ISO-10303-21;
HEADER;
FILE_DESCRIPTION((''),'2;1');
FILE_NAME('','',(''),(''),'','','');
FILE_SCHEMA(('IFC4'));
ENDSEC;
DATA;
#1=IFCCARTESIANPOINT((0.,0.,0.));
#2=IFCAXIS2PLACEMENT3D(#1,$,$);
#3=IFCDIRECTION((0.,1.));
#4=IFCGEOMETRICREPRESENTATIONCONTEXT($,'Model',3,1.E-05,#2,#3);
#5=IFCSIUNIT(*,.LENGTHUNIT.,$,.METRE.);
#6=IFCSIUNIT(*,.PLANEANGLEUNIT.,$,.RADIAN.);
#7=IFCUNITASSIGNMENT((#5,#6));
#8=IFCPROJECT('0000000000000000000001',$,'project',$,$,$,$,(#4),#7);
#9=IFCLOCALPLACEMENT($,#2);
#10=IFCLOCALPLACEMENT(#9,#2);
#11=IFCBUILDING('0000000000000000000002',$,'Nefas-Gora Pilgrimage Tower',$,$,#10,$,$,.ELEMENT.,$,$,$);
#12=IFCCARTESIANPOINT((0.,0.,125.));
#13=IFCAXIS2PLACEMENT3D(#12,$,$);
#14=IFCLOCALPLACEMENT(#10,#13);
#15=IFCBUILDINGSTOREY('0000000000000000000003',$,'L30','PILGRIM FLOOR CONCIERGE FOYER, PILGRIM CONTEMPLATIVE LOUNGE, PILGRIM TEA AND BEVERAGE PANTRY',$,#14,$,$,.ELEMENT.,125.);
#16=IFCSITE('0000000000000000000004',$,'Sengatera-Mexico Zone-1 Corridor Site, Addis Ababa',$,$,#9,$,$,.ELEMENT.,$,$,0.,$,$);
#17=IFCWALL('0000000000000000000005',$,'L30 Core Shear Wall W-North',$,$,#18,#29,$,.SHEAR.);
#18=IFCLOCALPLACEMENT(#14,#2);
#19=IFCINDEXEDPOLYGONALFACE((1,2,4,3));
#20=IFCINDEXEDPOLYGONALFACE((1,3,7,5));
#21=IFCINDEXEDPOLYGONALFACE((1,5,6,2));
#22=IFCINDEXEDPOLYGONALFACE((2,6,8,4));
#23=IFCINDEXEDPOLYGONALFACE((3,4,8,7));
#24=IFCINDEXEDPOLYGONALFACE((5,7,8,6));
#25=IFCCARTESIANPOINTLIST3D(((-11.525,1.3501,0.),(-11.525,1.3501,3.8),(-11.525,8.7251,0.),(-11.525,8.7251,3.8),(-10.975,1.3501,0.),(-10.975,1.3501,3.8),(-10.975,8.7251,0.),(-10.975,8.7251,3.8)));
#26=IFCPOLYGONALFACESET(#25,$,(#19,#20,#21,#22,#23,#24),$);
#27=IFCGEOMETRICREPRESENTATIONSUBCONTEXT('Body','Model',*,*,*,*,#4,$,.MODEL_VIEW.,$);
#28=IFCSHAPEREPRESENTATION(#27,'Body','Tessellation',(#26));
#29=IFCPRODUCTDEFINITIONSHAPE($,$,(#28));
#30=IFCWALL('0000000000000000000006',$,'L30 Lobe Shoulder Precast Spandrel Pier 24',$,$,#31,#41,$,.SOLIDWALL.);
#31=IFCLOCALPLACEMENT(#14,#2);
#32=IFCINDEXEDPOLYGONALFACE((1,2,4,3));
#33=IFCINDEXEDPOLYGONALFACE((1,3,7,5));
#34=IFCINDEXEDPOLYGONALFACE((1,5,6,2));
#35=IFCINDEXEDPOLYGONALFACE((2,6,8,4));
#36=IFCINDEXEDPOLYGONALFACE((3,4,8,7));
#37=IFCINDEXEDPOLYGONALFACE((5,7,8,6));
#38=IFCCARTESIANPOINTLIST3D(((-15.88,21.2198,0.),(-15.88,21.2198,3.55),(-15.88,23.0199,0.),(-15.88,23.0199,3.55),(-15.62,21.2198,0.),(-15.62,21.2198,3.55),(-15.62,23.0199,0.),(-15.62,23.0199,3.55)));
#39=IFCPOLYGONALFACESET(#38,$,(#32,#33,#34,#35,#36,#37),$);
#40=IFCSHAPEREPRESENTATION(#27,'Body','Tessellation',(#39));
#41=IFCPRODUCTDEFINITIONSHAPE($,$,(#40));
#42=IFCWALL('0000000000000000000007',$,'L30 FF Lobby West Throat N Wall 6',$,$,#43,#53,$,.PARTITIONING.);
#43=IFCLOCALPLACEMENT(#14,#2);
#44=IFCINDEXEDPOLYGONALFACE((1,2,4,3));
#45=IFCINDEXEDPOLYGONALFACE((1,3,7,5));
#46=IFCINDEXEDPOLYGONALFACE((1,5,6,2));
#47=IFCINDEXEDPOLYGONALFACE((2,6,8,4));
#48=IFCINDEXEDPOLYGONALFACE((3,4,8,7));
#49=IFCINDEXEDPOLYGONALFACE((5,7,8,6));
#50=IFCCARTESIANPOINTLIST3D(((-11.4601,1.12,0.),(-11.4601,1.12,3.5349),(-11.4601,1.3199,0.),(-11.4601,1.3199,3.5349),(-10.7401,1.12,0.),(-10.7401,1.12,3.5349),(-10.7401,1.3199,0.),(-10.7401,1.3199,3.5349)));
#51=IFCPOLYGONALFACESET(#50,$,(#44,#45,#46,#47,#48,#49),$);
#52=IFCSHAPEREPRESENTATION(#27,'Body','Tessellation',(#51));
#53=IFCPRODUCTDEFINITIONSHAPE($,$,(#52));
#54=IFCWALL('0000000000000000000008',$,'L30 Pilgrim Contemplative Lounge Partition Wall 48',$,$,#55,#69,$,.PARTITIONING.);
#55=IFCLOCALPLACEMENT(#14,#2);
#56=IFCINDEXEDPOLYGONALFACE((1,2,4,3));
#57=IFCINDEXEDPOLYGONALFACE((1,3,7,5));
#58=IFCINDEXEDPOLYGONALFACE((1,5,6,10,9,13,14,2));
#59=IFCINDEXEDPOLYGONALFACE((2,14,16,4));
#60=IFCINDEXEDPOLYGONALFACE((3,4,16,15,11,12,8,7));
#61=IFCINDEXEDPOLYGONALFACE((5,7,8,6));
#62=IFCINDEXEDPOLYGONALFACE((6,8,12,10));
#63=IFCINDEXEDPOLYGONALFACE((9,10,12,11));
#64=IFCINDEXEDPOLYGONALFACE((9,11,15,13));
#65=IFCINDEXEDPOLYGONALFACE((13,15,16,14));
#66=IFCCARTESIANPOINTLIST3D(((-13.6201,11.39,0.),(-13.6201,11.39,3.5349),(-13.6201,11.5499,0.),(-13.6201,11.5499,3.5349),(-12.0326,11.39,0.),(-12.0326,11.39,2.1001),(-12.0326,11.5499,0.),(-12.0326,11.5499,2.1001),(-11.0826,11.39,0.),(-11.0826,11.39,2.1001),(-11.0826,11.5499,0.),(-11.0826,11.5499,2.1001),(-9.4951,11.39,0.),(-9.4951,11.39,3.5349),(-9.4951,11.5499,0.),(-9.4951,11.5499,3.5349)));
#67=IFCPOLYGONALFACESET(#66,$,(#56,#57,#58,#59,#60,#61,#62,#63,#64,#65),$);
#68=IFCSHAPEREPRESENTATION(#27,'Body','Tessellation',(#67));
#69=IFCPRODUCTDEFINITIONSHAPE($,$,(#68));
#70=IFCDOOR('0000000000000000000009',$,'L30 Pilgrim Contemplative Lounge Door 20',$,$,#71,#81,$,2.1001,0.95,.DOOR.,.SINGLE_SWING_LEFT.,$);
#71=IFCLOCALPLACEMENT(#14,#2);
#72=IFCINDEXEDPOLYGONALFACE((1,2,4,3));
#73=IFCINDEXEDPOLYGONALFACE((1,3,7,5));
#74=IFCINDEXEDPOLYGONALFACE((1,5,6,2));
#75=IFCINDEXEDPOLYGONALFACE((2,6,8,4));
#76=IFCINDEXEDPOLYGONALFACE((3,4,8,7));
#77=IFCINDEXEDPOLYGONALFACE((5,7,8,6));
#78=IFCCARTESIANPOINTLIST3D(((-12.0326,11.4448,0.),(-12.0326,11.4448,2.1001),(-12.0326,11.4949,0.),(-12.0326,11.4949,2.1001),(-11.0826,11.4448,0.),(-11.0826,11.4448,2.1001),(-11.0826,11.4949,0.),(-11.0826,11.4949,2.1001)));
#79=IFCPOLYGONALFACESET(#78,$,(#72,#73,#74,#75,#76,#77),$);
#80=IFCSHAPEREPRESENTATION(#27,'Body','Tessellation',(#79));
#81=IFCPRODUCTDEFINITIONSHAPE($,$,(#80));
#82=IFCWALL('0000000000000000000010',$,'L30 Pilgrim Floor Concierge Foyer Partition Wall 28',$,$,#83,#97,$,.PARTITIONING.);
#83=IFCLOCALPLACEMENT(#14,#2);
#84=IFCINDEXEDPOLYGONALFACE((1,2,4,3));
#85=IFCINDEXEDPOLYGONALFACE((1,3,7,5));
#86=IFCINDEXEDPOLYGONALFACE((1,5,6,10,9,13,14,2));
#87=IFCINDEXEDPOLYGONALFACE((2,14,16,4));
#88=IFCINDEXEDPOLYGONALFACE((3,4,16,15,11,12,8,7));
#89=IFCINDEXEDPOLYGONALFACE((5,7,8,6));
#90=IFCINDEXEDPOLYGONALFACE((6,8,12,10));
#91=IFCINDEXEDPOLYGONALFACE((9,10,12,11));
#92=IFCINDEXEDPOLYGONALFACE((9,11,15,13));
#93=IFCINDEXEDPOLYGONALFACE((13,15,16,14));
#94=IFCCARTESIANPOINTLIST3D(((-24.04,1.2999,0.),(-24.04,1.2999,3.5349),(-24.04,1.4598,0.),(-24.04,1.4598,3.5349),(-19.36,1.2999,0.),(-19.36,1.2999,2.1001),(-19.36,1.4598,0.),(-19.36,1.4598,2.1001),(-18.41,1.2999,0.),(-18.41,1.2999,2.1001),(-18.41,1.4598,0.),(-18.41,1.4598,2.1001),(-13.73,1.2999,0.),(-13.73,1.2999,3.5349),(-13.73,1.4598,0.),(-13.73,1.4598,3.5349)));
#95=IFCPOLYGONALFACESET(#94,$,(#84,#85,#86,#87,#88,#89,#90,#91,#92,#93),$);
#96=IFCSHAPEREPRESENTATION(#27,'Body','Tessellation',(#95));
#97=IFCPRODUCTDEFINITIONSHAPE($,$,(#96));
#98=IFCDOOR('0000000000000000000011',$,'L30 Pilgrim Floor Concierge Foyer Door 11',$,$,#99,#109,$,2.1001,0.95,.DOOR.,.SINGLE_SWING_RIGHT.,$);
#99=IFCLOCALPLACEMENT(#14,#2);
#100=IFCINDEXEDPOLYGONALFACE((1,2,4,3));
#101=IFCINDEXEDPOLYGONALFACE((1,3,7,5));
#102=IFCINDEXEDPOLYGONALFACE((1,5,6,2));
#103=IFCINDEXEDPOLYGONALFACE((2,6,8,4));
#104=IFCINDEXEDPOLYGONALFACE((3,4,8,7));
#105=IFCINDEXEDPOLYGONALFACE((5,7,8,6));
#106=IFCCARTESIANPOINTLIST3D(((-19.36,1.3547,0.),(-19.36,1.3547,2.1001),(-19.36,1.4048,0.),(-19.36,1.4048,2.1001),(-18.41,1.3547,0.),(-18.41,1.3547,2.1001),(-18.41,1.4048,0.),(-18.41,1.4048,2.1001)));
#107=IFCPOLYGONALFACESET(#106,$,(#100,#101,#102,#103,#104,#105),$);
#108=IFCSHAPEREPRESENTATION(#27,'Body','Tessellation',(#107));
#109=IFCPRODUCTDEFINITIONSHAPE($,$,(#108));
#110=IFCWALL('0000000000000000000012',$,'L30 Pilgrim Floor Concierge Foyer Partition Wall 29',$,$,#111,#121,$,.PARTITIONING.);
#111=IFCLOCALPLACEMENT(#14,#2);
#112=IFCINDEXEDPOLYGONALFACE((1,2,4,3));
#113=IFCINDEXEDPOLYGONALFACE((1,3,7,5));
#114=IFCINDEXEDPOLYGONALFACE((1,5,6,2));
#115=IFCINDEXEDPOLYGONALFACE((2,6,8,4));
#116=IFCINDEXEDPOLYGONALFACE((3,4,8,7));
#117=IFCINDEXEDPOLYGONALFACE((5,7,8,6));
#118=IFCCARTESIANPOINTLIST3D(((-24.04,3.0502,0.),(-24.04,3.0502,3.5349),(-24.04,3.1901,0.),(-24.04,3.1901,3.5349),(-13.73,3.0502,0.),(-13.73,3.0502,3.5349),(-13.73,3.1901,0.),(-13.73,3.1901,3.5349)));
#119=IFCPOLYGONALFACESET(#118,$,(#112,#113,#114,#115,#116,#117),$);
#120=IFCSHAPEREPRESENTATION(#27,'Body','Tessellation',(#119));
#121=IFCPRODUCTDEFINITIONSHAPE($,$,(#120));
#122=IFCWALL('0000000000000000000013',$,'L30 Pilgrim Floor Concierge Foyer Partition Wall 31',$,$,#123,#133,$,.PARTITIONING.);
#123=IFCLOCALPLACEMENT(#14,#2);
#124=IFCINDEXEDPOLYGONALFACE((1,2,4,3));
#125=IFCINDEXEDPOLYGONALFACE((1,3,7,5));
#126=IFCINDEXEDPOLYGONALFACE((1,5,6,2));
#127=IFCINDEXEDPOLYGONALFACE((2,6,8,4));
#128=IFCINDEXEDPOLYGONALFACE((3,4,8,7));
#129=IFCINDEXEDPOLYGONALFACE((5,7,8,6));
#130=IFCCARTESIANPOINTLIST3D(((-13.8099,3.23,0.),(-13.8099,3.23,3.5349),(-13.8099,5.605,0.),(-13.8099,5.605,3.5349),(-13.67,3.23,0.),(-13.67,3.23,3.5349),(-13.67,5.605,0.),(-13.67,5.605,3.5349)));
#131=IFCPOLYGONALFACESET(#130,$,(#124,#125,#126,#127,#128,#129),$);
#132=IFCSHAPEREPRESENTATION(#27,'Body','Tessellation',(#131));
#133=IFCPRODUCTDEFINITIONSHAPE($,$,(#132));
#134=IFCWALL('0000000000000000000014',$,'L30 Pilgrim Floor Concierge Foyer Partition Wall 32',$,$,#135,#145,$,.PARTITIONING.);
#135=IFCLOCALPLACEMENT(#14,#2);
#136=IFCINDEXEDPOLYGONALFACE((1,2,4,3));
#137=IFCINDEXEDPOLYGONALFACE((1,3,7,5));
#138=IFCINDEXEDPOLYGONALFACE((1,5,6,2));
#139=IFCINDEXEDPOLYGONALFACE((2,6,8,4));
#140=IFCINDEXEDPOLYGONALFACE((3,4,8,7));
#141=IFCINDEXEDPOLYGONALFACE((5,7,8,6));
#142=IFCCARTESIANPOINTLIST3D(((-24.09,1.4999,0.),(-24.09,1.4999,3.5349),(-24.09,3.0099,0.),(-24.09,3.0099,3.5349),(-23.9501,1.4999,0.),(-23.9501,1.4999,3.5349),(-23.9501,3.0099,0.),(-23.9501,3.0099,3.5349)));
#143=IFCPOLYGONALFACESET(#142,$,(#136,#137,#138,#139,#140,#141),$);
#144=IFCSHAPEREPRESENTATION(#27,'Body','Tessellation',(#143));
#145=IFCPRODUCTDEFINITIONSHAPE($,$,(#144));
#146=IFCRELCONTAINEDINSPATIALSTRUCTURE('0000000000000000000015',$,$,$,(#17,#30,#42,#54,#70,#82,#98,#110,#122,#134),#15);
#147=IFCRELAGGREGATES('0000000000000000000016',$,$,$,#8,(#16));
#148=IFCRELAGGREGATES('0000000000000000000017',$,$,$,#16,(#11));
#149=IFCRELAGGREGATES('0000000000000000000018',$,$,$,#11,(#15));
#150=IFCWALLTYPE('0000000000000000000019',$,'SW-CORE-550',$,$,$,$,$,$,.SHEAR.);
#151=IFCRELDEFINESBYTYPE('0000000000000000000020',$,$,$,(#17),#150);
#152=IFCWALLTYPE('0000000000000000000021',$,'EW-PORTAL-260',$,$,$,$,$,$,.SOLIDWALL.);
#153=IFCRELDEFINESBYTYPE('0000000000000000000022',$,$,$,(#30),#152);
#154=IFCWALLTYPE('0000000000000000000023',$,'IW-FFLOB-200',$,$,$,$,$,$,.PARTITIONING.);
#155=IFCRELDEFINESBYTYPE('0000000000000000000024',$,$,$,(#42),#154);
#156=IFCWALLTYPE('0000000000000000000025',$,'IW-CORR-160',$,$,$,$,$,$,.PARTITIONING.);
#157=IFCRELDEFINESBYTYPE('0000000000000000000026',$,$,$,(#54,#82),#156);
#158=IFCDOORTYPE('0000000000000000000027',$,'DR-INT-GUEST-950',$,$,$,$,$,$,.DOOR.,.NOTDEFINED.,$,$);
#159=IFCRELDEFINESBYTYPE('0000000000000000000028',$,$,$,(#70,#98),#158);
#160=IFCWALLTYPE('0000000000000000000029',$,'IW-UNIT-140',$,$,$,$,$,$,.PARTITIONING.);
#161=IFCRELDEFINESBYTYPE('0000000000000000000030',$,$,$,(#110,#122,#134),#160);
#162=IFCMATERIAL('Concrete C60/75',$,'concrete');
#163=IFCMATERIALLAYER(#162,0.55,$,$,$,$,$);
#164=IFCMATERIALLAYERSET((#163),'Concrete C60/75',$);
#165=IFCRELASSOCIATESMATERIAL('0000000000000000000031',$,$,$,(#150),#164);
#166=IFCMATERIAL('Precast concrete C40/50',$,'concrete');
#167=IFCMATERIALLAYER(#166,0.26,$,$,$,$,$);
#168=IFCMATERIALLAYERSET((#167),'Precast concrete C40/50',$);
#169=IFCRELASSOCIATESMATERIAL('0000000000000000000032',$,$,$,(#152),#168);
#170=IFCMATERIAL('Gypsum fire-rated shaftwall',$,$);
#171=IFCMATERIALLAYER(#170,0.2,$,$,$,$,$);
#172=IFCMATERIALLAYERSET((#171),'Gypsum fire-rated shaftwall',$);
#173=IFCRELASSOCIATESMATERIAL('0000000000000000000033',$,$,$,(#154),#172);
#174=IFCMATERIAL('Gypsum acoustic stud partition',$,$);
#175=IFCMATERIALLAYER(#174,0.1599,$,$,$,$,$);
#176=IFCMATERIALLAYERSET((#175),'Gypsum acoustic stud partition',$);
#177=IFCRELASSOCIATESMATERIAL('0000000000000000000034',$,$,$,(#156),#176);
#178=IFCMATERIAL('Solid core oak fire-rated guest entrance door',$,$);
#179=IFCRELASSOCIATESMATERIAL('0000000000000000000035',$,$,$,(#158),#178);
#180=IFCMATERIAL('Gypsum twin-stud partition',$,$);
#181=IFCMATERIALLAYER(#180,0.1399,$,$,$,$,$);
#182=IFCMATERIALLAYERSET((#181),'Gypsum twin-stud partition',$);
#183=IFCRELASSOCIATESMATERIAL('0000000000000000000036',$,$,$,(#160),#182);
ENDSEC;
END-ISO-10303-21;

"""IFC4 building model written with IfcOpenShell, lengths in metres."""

from ifc_helpers import new_model, si_unit, direction, frame, frame_2d, origin, place, context, subcontext, project, spatial, rectangle, extrude, source, transform, mapped, material, layer, layer_set, type_object, element, fill, save


model = new_model("IFC4")

# Units and contexts
model_context = context("Model", 3, precision=1e-05, world=origin(), true_north=direction((0.0, 1.0)))
body_context = subcontext(model_context, "Body", "Model", "MODEL_VIEW")
ifc_project = project(units=[si_unit("LENGTHUNIT", "METRE"), si_unit("PLANEANGLEUNIT", "RADIAN")], contexts=[model_context])

# Site, building, storey
site_placement = place(None, origin())
site = spatial("IfcSite", under=ifc_project, at=site_placement, Name="Sengatera-Mexico Zone-1 Corridor Site, Addis Ababa", CompositionType="ELEMENT", RefElevation=0.0)
building_placement = place(site_placement, origin())
building = spatial("IfcBuilding", under=site, at=building_placement, Name="Nefas-Gora Pilgrimage Tower", CompositionType="ELEMENT")
storey_placement = place(building_placement, frame((0.0, 0.0, 125.0)))
storey = spatial("IfcBuildingStorey", under=building, at=storey_placement, Name="L30", Description="PILGRIM FLOOR CONCIERGE FOYER, PILGRIM CONTEMPLATIVE LOUNGE, PILGRIM TEA AND BEVERAGE PANTRY", CompositionType="ELEMENT", Elevation=125.0)

# Walls
ifc_material_1 = material(Name="Concrete C60/75", Category="concrete")
ifc_layer_1 = layer(ifc_material_1, 0.55)
ifc_layer_set_1 = layer_set([ifc_layer_1], Name="Concrete C60/75")
wall_type_1 = type_object("IfcWallType", Name="SW-CORE-550", PredefinedType="SHEAR", material=ifc_layer_set_1)
shared_shape_1 = source(origin(), body_context, "Body", "SweptSolid", [
    extrude(rectangle(XDim=7.375, YDim=0.55, at=frame_2d((3.6875, 0.0))), origin(), (0.0, 0.0, 1.0), 3.8),
])
wall_1_placement = place(storey_placement, frame((-11.25, 1.3501, 0.0), z_axis=(0.0, 0.0, 1.0), x_axis=(0.0, 1.0, 0.0)))
element("IfcWall", 1, at=wall_1_placement, inside=storey, type_object=wall_type_1, Name="L30 Core Shear Wall W-North", PredefinedType="SHEAR", context=body_context, shape_type="MappedRepresentation", body=[
    mapped(shared_shape_1, transform((0.0, 0.0, 0.0), x_axis=(1.0, 0.0, 0.0), y_axis=(0.0, 1.0, 0.0), z_axis=(0.0, 0.0, 1.0), scale=1.0)),
])
ifc_material_2 = material(Name="Precast concrete C40/50", Category="concrete")
ifc_layer_2 = layer(ifc_material_2, 0.26)
ifc_layer_set_2 = layer_set([ifc_layer_2], Name="Precast concrete C40/50")
wall_type_2 = type_object("IfcWallType", Name="EW-PORTAL-260", PredefinedType="SOLIDWALL", material=ifc_layer_set_2)
shared_shape_2 = source(origin(), body_context, "Body", "SweptSolid", [
    extrude(rectangle(XDim=1.8, YDim=0.26, at=frame_2d((0.8999, 0.0))), origin(), (0.0, 0.0, 1.0), 3.55),
])
wall_2_placement = place(storey_placement, frame((-15.75, 21.22, 0.0), z_axis=(0.0, 0.0, 1.0), x_axis=(0.0, 1.0, 0.0)))
element("IfcWall", 2, at=wall_2_placement, inside=storey, type_object=wall_type_2, Name="L30 Lobe Shoulder Precast Spandrel Pier 24", PredefinedType="SOLIDWALL", context=body_context, shape_type="MappedRepresentation", body=[
    mapped(shared_shape_2, transform((0.0, 0.0, 0.0), x_axis=(1.0, 0.0, 0.0), y_axis=(0.0, 1.0, 0.0), z_axis=(0.0, 0.0, 1.0), scale=1.0)),
])
ifc_material_3 = material(Name="Gypsum fire-rated shaftwall")
ifc_layer_3 = layer(ifc_material_3, 0.2)
ifc_layer_set_3 = layer_set([ifc_layer_3], Name="Gypsum fire-rated shaftwall")
wall_type_3 = type_object("IfcWallType", Name="IW-FFLOB-200", PredefinedType="PARTITIONING", material=ifc_layer_set_3)
shared_shape_3 = source(origin(), body_context, "Body", "SweptSolid", [
    extrude(rectangle(XDim=0.72, YDim=0.2, at=frame_2d((0.3599, 0.0))), origin(), (0.0, 0.0, 1.0), 3.5349),
])
wall_3_placement = place(storey_placement, frame((-11.46, 1.22, 0.0), z_axis=(0.0, 0.0, 1.0), x_axis=(1.0, 0.0, 0.0)))
element("IfcWall", 3, at=wall_3_placement, inside=storey, type_object=wall_type_3, Name="L30 FF Lobby West Throat N Wall 6", PredefinedType="PARTITIONING", context=body_context, shape_type="MappedRepresentation", body=[
    mapped(shared_shape_3, transform((0.0, 0.0, 0.0), x_axis=(1.0, 0.0, 0.0), y_axis=(0.0, 1.0, 0.0), z_axis=(0.0, 0.0, 1.0), scale=1.0)),
])

# Walls, openings, doors
ifc_material_4 = material(Name="Gypsum acoustic stud partition")
ifc_layer_4 = layer(ifc_material_4, 0.1599)
ifc_layer_set_4 = layer_set([ifc_layer_4], Name="Gypsum acoustic stud partition")
wall_type_4 = type_object("IfcWallType", Name="IW-CORR-160", PredefinedType="PARTITIONING", material=ifc_layer_set_4)
shared_shape_4 = source(origin(), body_context, "Body", "SweptSolid", [
    extrude(rectangle(XDim=4.125, YDim=0.1599, at=frame_2d((2.0625, 0.0))), origin(), (0.0, 0.0, 1.0), 3.5349),
])
wall_4_placement = place(storey_placement, frame((-13.6201, 11.47, 0.0), z_axis=(0.0, 0.0, 1.0), x_axis=(1.0, 0.0, 0.0)))
wall_4 = element("IfcWall", 4, at=wall_4_placement, inside=storey, type_object=wall_type_4, Name="L30 Pilgrim Contemplative Lounge Partition Wall 48", PredefinedType="PARTITIONING", context=body_context, shape_type="MappedRepresentation", body=[
    mapped(shared_shape_4, transform((0.0, 0.0, 0.0), x_axis=(1.0, 0.0, 0.0), y_axis=(0.0, 1.0, 0.0), z_axis=(0.0, 0.0, 1.0), scale=1.0)),
])
opening_1_placement = place(wall_4_placement, frame((1.5874, 0.0, 0.0)))
opening_1 = element("IfcOpeningElement", 5, at=opening_1_placement, cuts=wall_4, PredefinedType="OPENING", context=body_context, shape_type="SweptSolid", body=[
    extrude(rectangle(XDim=0.95, YDim=2.1001, at=frame_2d((0.4751, 1.05))), frame((0.0, 0.0898, 0.0), z_axis=(0.0, -1.0, 0.0), x_axis=(1.0, 0.0, 0.0)), (0.0, 0.0, 1.0), 0.1799),
])
ifc_material_5 = material(Name="Solid core oak fire-rated guest entrance door")
door_type = type_object("IfcDoorType", Name="DR-INT-GUEST-950", OperationType="NOTDEFINED", PredefinedType="DOOR", material=ifc_material_5)
shared_shape_5 = source(origin(), body_context, "Body", "SweptSolid", [
    extrude(rectangle(XDim=0.95, YDim=2.1001, at=frame_2d((0.4751, 1.05))), frame((0.0, 0.0249, 0.0), z_axis=(0.0, -1.0, 0.0), x_axis=(1.0, 0.0, 0.0)), (0.0, 0.0, 1.0), 0.05),
])
door_1_placement = place(opening_1_placement, origin())
door_1 = element("IfcDoor", 6, at=door_1_placement, inside=storey, type_object=door_type, Name="L30 Pilgrim Contemplative Lounge Door 20", OperationType="SINGLE_SWING_LEFT", OverallHeight=2.1001, OverallWidth=0.95, PredefinedType="DOOR", context=body_context, shape_type="MappedRepresentation", body=[
    mapped(shared_shape_5, transform((0.0, 0.0, 0.0), x_axis=(1.0, 0.0, 0.0), y_axis=(0.0, 1.0, 0.0), z_axis=(0.0, 0.0, 1.0), scale=1.0)),
])
fill(opening_1, door_1)
shared_shape_6 = source(origin(), body_context, "Body", "SweptSolid", [
    extrude(rectangle(XDim=10.3101, YDim=0.1599, at=frame_2d((5.155, 0.0))), origin(), (0.0, 0.0, 1.0), 3.5349),
])
wall_5_placement = place(storey_placement, frame((-24.04, 1.3799, 0.0), z_axis=(0.0, 0.0, 1.0), x_axis=(1.0, 0.0, 0.0)))
wall_5 = element("IfcWall", 7, at=wall_5_placement, inside=storey, type_object=wall_type_4, Name="L30 Pilgrim Floor Concierge Foyer Partition Wall 28", PredefinedType="PARTITIONING", context=body_context, shape_type="MappedRepresentation", body=[
    mapped(shared_shape_6, transform((0.0, 0.0, 0.0), x_axis=(1.0, 0.0, 0.0), y_axis=(0.0, 1.0, 0.0), z_axis=(0.0, 0.0, 1.0), scale=1.0)),
])
opening_2_placement = place(wall_5_placement, frame((4.6799, 0.0, 0.0)))
opening_2 = element("IfcOpeningElement", 8, at=opening_2_placement, cuts=wall_5, PredefinedType="OPENING", context=body_context, shape_type="SweptSolid", body=[
    extrude(rectangle(XDim=0.95, YDim=2.1001, at=frame_2d((0.4751, 1.05))), frame((0.0, 0.0898, 0.0), z_axis=(0.0, -1.0, 0.0), x_axis=(1.0, 0.0, 0.0)), (0.0, 0.0, 1.0), 0.1799),
])
door_2_placement = place(opening_2_placement, origin())
door_2 = element("IfcDoor", 9, at=door_2_placement, inside=storey, type_object=door_type, Name="L30 Pilgrim Floor Concierge Foyer Door 11", OperationType="SINGLE_SWING_RIGHT", OverallHeight=2.1001, OverallWidth=0.95, PredefinedType="DOOR", context=body_context, shape_type="MappedRepresentation", body=[
    mapped(shared_shape_5, transform((0.0, 0.0, 0.0), x_axis=(1.0, 0.0, 0.0), y_axis=(0.0, 1.0, 0.0), z_axis=(0.0, 0.0, 1.0), scale=1.0)),
])
fill(opening_2, door_2)

# Walls
ifc_material_6 = material(Name="Gypsum twin-stud partition")
ifc_layer_5 = layer(ifc_material_6, 0.1399)
ifc_layer_set_5 = layer_set([ifc_layer_5], Name="Gypsum twin-stud partition")
wall_type_5 = type_object("IfcWallType", Name="IW-UNIT-140", PredefinedType="PARTITIONING", material=ifc_layer_set_5)
shared_shape_7 = source(origin(), body_context, "Body", "SweptSolid", [
    extrude(rectangle(XDim=10.3101, YDim=0.1399, at=frame_2d((5.155, 0.0))), origin(), (0.0, 0.0, 1.0), 3.5349),
])
wall_6_placement = place(storey_placement, frame((-24.04, 3.1201, 0.0), z_axis=(0.0, 0.0, 1.0), x_axis=(1.0, 0.0, 0.0)))
element("IfcWall", 10, at=wall_6_placement, inside=storey, type_object=wall_type_5, Name="L30 Pilgrim Floor Concierge Foyer Partition Wall 29", PredefinedType="PARTITIONING", context=body_context, shape_type="MappedRepresentation", body=[
    mapped(shared_shape_7, transform((0.0, 0.0, 0.0), x_axis=(1.0, 0.0, 0.0), y_axis=(0.0, 1.0, 0.0), z_axis=(0.0, 0.0, 1.0), scale=1.0)),
])
shared_shape_8 = source(origin(), body_context, "Body", "SweptSolid", [
    extrude(rectangle(XDim=2.375, YDim=0.1399, at=frame_2d((1.1875, 0.0))), origin(), (0.0, 0.0, 1.0), 3.5349),
])
wall_7_placement = place(storey_placement, frame((-13.74, 3.23, 0.0), z_axis=(0.0, 0.0, 1.0), x_axis=(0.0, 1.0, 0.0)))
element("IfcWall", 11, at=wall_7_placement, inside=storey, type_object=wall_type_5, Name="L30 Pilgrim Floor Concierge Foyer Partition Wall 31", PredefinedType="PARTITIONING", context=body_context, shape_type="MappedRepresentation", body=[
    mapped(shared_shape_8, transform((0.0, 0.0, 0.0), x_axis=(1.0, 0.0, 0.0), y_axis=(0.0, 1.0, 0.0), z_axis=(0.0, 0.0, 1.0), scale=1.0)),
])
shared_shape_9 = source(origin(), body_context, "Body", "SweptSolid", [
    extrude(rectangle(XDim=1.51, YDim=0.1399, at=frame_2d((0.7549, 0.0))), origin(), (0.0, 0.0, 1.0), 3.5349),
])
wall_8_placement = place(storey_placement, frame((-24.02, 1.5, 0.0), z_axis=(0.0, 0.0, 1.0), x_axis=(0.0, 1.0, 0.0)))
element("IfcWall", 12, at=wall_8_placement, inside=storey, type_object=wall_type_5, Name="L30 Pilgrim Floor Concierge Foyer Partition Wall 32", PredefinedType="PARTITIONING", context=body_context, shape_type="MappedRepresentation", body=[
    mapped(shared_shape_9, transform((0.0, 0.0, 0.0), x_axis=(1.0, 0.0, 0.0), y_axis=(0.0, 1.0, 0.0), z_axis=(0.0, 0.0, 1.0), scale=1.0)),
])

save(model, "model.ifc")
